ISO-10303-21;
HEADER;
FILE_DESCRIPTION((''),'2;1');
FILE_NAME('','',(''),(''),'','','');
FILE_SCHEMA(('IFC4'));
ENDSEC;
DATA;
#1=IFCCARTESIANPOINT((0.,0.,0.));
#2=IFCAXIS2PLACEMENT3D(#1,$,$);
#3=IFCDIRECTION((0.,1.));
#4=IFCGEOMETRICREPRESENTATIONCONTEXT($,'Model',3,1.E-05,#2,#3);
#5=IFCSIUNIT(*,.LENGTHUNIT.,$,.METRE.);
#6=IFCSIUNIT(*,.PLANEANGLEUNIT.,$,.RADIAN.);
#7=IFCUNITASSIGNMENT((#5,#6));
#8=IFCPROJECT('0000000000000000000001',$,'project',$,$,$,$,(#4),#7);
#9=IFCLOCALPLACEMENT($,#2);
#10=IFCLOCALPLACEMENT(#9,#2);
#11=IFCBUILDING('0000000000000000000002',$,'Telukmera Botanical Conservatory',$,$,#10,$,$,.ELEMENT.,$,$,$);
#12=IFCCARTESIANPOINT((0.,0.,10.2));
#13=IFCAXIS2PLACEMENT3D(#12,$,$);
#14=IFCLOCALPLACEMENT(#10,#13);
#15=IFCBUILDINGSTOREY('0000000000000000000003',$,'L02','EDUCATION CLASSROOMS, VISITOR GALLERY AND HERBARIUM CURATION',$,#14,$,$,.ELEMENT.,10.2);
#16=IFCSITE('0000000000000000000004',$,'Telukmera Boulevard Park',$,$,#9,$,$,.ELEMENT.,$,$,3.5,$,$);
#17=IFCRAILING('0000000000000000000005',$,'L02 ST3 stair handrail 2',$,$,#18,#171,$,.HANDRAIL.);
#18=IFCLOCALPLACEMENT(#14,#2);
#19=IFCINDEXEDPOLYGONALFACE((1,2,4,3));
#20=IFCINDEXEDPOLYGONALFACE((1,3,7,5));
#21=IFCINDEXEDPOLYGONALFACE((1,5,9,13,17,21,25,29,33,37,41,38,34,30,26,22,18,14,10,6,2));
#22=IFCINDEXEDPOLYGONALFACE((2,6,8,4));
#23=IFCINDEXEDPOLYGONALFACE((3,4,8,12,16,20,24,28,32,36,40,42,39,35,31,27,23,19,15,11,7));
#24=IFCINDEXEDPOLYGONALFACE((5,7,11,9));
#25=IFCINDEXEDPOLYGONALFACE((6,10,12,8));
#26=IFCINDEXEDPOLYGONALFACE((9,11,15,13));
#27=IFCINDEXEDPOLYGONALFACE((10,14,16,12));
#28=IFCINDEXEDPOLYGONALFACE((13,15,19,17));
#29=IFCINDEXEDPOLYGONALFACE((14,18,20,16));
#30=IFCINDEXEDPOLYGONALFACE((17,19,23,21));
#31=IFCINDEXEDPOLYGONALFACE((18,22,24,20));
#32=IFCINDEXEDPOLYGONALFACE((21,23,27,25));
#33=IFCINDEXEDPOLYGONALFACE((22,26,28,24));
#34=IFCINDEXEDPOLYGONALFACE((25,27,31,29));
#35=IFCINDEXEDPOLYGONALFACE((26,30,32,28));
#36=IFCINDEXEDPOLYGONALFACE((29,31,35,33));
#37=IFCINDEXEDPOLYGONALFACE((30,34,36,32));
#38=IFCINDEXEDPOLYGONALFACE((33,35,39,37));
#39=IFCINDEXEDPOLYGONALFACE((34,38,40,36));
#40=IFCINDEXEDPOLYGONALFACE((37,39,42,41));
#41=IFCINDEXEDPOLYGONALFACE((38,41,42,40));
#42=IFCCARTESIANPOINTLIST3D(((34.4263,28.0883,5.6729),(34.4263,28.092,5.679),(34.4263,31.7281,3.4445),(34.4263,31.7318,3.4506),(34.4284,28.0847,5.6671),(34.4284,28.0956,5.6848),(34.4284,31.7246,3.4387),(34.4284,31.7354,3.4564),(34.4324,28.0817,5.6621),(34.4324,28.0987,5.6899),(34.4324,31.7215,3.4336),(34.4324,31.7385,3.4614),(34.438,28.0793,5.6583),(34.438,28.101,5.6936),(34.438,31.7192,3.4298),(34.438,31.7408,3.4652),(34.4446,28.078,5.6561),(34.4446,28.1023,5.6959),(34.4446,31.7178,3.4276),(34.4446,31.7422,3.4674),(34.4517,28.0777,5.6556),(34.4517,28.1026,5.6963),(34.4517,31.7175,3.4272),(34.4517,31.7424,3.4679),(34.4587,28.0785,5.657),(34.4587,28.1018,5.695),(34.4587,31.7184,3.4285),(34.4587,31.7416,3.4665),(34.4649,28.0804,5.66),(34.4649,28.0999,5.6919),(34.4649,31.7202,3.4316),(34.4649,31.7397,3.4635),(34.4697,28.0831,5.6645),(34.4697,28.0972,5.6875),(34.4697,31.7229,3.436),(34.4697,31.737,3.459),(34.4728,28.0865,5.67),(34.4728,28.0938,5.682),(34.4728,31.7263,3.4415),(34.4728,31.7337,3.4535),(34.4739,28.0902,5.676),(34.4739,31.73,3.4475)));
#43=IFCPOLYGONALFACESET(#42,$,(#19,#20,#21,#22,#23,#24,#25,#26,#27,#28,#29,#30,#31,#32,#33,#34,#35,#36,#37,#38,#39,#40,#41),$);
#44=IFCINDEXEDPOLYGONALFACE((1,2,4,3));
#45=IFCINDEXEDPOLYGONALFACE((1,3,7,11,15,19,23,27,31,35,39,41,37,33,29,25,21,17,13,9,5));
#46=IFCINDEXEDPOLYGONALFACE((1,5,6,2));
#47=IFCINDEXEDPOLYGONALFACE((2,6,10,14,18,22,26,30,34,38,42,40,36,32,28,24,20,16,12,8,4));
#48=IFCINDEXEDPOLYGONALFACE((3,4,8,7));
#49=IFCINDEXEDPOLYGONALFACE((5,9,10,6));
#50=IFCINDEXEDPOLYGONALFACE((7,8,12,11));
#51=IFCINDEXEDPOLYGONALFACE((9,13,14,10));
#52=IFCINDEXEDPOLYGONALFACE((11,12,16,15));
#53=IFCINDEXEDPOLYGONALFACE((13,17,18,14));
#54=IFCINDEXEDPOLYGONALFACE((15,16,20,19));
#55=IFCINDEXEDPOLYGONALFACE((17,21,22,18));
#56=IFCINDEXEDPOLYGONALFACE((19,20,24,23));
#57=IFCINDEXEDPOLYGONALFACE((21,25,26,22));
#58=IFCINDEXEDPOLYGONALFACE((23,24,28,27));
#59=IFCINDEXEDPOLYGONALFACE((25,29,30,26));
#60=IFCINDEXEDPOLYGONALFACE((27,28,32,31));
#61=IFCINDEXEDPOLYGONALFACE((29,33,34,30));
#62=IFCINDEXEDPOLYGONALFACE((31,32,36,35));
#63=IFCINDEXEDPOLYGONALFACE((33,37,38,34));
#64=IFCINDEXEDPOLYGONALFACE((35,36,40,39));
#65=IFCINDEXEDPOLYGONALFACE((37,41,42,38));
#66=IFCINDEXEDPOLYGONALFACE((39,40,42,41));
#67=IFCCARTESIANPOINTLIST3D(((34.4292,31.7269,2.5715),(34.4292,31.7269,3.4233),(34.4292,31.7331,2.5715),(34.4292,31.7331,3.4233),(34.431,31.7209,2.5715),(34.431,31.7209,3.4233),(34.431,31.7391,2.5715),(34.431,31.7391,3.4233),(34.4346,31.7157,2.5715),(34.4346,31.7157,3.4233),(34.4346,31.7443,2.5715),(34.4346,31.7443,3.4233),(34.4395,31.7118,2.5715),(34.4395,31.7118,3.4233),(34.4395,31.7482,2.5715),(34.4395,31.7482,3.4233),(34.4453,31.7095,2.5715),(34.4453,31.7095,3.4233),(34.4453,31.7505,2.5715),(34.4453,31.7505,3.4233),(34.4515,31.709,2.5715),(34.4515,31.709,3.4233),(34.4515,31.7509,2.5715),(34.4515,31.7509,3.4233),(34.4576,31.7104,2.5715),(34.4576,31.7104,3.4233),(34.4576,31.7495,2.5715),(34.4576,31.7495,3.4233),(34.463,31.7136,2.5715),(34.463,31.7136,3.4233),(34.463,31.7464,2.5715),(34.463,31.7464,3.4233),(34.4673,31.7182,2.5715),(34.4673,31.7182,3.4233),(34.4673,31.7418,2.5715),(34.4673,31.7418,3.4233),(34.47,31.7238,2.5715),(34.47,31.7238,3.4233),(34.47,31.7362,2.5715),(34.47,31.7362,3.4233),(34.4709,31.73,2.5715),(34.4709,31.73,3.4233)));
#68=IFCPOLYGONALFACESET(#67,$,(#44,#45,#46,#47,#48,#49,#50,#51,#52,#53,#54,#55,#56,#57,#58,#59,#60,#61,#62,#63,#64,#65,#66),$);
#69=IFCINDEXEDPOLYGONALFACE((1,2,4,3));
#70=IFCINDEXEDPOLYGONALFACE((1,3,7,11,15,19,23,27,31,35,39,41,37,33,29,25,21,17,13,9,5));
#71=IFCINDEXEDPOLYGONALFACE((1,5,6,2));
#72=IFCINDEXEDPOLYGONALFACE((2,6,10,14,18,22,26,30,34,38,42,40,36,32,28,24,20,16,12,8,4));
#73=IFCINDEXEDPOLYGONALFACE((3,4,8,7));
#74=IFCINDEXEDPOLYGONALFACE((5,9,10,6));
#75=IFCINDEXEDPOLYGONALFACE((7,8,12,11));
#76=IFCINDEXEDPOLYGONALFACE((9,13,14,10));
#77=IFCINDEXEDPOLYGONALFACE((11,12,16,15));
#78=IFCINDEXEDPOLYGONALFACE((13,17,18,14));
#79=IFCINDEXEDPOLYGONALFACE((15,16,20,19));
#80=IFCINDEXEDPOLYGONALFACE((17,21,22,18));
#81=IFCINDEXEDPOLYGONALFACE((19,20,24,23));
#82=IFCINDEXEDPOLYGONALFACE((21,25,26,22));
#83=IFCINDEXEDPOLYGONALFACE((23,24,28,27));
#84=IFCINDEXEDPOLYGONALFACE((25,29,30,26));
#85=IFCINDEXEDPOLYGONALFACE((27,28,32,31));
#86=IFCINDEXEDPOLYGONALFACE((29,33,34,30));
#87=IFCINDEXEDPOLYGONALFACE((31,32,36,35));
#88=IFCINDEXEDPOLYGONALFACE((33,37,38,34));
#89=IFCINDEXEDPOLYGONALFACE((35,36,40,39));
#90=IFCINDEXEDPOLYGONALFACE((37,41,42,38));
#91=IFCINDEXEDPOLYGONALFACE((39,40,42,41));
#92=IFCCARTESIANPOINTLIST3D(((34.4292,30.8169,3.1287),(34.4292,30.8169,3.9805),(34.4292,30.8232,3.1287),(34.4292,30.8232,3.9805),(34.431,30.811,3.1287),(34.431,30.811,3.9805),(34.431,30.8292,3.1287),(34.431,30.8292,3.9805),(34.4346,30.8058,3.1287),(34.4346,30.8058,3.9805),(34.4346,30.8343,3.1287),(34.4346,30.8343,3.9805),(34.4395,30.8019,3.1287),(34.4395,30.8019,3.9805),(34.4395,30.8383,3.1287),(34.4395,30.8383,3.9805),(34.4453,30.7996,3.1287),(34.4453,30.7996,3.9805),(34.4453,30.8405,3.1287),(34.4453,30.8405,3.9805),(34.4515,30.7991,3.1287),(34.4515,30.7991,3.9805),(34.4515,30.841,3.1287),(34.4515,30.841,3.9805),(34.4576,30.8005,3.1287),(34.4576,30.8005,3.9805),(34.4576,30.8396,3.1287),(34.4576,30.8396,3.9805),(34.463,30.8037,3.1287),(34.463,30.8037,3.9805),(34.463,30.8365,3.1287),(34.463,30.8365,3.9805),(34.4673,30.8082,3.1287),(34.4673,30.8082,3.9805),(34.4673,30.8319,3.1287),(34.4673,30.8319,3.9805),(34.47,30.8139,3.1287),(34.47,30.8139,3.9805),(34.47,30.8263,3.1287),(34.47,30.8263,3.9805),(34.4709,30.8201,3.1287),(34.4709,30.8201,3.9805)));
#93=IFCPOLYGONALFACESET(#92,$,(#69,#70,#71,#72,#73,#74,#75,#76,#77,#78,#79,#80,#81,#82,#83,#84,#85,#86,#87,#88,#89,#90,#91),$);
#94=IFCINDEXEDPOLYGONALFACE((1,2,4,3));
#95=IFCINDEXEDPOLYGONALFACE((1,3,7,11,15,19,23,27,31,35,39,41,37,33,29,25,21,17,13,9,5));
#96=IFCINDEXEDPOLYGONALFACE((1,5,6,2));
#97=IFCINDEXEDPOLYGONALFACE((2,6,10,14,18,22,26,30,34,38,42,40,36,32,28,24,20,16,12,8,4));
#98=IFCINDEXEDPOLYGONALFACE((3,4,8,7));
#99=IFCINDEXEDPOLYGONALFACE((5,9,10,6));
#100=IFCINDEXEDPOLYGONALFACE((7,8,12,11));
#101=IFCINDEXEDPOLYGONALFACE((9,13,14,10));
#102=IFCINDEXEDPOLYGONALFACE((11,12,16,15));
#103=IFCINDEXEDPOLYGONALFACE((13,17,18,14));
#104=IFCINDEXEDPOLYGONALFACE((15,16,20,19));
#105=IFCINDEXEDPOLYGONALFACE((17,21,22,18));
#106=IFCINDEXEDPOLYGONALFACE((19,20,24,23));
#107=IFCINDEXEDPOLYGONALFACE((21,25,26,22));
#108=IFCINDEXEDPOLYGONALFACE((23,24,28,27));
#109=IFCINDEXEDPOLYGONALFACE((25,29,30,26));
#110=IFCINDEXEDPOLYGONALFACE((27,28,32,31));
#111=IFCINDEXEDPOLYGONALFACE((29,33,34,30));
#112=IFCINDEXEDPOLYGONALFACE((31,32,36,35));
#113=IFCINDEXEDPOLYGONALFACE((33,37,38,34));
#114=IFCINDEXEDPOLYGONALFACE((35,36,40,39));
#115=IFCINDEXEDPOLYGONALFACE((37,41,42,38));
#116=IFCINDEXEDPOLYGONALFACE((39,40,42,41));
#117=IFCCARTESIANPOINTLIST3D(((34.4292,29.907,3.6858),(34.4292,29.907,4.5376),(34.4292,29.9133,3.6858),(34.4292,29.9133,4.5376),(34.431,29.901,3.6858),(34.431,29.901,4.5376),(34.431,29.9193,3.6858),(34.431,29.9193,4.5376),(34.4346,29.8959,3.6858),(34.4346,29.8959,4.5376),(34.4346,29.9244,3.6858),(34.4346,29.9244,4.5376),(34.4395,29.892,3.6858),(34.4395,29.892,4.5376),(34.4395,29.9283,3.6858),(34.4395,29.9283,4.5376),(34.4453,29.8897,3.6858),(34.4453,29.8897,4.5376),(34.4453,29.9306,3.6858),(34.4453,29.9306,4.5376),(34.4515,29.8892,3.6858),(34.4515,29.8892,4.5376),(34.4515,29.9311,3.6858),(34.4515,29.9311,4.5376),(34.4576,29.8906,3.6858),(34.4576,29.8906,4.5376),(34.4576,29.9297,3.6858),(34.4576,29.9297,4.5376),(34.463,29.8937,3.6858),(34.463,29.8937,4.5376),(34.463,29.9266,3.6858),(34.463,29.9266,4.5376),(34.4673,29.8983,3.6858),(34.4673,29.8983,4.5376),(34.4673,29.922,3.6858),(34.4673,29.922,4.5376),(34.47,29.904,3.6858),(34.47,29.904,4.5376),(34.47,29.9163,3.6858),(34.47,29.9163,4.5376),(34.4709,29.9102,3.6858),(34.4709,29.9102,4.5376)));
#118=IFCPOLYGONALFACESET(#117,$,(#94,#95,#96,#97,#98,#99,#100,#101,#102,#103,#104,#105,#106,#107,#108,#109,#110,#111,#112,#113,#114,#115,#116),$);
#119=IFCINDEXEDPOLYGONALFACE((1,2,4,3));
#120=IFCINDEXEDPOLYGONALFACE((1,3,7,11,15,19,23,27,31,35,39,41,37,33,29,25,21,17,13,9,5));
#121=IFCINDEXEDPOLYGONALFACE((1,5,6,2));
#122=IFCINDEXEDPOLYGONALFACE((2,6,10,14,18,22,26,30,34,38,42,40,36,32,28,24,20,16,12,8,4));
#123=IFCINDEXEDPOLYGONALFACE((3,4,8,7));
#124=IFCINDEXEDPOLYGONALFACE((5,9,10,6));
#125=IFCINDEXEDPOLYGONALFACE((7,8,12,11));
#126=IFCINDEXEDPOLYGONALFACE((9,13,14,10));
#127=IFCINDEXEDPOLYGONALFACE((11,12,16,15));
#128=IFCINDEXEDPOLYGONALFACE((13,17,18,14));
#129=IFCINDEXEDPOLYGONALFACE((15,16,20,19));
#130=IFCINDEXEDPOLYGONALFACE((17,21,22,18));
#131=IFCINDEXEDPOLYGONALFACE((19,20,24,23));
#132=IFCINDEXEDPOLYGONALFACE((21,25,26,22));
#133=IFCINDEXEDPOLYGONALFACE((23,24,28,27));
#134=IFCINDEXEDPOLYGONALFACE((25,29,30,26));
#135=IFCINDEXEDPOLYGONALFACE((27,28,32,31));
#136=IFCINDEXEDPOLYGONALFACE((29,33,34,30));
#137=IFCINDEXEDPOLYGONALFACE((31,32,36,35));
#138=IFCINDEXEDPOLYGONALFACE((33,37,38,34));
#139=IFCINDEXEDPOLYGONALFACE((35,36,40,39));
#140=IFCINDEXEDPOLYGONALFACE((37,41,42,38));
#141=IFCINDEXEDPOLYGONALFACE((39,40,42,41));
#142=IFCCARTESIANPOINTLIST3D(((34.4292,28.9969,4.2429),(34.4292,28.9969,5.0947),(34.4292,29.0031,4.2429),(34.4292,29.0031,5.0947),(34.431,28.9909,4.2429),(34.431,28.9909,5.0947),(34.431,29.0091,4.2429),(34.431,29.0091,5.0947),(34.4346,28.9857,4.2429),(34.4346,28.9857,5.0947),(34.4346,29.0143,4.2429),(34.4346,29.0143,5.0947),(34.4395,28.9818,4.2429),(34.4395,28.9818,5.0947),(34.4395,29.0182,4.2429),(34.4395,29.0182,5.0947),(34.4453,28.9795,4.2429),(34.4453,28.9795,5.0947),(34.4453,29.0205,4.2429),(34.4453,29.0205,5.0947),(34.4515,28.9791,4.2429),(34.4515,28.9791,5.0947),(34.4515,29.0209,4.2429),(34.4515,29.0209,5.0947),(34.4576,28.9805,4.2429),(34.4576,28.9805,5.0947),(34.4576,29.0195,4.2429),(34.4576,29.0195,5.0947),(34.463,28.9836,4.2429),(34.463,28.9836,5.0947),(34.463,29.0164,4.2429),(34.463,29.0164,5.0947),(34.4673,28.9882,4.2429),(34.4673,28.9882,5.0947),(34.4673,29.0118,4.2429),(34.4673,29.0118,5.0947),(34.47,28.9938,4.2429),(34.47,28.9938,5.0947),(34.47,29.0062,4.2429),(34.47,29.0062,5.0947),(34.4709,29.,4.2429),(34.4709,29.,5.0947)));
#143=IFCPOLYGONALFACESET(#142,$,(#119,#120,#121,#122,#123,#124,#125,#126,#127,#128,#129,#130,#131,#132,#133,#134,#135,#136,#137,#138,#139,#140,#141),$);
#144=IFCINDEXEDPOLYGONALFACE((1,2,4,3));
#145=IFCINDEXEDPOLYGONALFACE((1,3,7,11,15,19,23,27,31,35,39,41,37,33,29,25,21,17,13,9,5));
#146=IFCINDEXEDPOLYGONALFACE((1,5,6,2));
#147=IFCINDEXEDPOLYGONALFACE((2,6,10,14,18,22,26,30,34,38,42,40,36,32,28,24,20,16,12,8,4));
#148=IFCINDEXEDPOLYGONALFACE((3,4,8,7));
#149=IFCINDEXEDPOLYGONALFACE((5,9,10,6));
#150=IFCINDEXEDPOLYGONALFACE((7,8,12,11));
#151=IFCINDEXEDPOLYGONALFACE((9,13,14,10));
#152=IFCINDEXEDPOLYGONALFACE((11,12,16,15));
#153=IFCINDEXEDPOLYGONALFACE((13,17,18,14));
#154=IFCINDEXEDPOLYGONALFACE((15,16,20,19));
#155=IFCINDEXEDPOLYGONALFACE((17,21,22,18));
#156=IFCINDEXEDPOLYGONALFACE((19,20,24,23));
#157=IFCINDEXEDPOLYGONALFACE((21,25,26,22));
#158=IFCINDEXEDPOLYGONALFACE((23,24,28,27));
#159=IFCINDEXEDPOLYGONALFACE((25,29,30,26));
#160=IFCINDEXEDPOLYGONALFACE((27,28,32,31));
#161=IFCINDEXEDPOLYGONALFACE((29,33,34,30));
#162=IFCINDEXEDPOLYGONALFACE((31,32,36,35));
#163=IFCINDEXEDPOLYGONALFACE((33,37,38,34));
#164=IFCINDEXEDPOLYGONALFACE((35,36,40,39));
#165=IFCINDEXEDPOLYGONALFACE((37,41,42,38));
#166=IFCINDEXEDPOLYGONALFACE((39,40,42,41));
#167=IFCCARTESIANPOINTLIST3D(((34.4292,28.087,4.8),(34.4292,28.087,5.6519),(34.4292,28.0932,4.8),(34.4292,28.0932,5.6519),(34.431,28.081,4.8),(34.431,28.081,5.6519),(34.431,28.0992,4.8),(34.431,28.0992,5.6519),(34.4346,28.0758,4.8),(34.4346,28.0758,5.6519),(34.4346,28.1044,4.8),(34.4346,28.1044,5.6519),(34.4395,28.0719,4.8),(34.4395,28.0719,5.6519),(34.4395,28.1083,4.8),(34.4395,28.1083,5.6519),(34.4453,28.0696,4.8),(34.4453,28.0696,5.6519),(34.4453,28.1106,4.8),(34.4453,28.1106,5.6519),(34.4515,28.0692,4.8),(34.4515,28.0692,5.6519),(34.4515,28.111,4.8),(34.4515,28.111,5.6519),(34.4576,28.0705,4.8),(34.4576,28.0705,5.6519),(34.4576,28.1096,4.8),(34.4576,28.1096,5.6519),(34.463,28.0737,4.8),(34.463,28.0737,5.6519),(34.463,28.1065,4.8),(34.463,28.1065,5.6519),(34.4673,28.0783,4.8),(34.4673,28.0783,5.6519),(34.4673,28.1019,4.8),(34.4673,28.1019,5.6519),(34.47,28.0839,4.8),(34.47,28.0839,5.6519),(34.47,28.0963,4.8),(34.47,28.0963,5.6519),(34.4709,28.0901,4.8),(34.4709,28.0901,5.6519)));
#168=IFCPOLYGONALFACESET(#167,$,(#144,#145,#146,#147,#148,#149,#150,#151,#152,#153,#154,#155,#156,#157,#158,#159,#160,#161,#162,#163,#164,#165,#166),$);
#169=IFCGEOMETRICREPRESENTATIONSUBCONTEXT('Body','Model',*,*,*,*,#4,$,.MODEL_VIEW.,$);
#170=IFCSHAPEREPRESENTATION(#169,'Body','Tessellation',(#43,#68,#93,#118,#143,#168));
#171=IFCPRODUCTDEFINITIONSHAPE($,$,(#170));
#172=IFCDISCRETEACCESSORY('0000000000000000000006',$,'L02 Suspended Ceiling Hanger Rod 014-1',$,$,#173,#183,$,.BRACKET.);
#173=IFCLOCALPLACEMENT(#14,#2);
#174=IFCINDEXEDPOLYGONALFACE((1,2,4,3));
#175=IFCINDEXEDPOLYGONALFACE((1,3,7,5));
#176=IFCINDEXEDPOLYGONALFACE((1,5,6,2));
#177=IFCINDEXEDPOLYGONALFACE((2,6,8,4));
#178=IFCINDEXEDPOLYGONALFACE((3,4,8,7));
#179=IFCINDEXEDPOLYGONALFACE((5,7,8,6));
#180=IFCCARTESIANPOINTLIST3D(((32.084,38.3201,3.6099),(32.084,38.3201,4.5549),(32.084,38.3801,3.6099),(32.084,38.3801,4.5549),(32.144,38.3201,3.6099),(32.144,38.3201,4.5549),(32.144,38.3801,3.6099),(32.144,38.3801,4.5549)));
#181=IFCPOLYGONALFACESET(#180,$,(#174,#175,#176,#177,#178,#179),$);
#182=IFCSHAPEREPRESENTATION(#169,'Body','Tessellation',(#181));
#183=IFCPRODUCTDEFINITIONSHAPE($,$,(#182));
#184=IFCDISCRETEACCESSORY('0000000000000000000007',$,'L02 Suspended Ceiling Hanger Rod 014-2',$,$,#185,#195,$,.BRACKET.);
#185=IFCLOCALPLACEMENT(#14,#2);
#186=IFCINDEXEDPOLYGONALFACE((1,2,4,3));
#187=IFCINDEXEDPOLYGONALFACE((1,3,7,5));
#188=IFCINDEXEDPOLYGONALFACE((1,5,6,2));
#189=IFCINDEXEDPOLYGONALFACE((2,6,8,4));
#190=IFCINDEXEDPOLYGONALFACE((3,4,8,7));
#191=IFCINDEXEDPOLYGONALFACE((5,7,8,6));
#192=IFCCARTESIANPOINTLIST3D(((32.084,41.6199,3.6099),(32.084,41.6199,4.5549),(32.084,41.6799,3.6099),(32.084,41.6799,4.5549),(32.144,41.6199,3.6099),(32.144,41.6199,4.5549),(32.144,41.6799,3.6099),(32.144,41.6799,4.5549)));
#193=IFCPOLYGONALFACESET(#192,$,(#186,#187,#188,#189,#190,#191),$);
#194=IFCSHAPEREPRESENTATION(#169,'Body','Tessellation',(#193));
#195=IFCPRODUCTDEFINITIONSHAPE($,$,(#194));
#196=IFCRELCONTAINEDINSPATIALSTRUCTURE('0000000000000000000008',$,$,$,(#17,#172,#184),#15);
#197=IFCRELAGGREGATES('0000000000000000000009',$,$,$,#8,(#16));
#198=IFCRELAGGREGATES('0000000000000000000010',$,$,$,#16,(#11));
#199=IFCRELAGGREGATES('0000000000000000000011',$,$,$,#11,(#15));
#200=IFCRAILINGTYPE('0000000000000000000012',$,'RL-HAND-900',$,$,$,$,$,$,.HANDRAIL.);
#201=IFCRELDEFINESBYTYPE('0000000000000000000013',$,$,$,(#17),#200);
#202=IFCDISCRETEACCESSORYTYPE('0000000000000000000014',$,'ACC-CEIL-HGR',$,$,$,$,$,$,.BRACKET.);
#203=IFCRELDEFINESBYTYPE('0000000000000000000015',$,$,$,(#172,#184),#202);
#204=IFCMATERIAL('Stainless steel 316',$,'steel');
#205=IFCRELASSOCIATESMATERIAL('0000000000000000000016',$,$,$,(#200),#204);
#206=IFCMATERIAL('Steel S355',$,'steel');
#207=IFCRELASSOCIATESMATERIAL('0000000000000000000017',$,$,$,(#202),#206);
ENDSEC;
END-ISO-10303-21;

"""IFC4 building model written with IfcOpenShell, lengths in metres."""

from ifc_helpers import new_model, si_unit, direction, frame, origin, origin_2d, place, context, subcontext, project, spatial, rectangle, circle, extrude, material, type_object, element, save


model = new_model("IFC4")

# Units and contexts
model_context = context("Model", 3, precision=1e-05, world=origin(), true_north=direction((0.0, 1.0)))
body_context = subcontext(model_context, "Body", "Model", "MODEL_VIEW")
ifc_project = project(units=[si_unit("LENGTHUNIT", "METRE"), si_unit("PLANEANGLEUNIT", "RADIAN")], contexts=[model_context])

# Site, building, storey
site_placement = place(None, origin())
site = spatial("IfcSite", under=ifc_project, at=site_placement, Name="Telukmera Boulevard Park", CompositionType="ELEMENT", RefElevation=3.5)
building_placement = place(site_placement, origin())
building = spatial("IfcBuilding", under=site, at=building_placement, Name="Telukmera Botanical Conservatory", CompositionType="ELEMENT")
storey_placement = place(building_placement, frame((0.0, 0.0, 10.2)))
storey = spatial("IfcBuildingStorey", under=building, at=storey_placement, Name="L02", Description="EDUCATION CLASSROOMS, VISITOR GALLERY AND HERBARIUM CURATION", CompositionType="ELEMENT", Elevation=10.2)

# Railing
ifc_material_1 = material(Name="Steel S355", Category="steel")
ifc_material_2 = material(Name="Stainless steel 316", Category="steel")
railing_type_1 = type_object("IfcRailingType", Name="RL-HAND-900", PredefinedType="HANDRAIL", material=ifc_material_2)
railing_1_placement = place(storey_placement, frame((34.45, 31.73, 2.5715)))
element("IfcRailing", 1, at=railing_1_placement, inside=storey, type_object=railing_type_1, Name="L02 ST3 stair handrail 2", PredefinedType="HANDRAIL", context=body_context, shape_type="SweptSolid", body=[
    extrude(circle(Radius=0.0239, at=origin_2d()), frame((0.0, 0.0, 0.876), z_axis=(0.0, -0.85285, 0.522156), x_axis=(1.0, 0.0, 0.0)), (0.0, 0.0, 1.0), 4.2678),
    extrude(circle(Radius=0.021, at=origin_2d()), origin(), (0.0, 0.0, 1.0), 0.8518),
    extrude(circle(Radius=0.021, at=origin_2d()), frame((0.0, -0.9099, 0.5571)), (0.0, 0.0, 1.0), 0.8518),
    extrude(circle(Radius=0.021, at=origin_2d()), frame((0.0, -1.8198, 1.1143)), (0.0, 0.0, 1.0), 0.8518),
    extrude(circle(Radius=0.021, at=origin_2d()), frame((0.0, -2.73, 1.6714)), (0.0, 0.0, 1.0), 0.8518),
    extrude(circle(Radius=0.021, at=origin_2d()), frame((0.0, -3.6399, 2.2285)), (0.0, 0.0, 1.0), 0.8518),
])

# Discrete accessories
discrete_accessory_type = type_object("IfcDiscreteAccessoryType", Name="ACC-CEIL-HGR", PredefinedType="BRACKET", material=ifc_material_1)
for number, where, z_axis, x_axis, name in (
    (2, (32.114, 38.3501, 3.6099), (0.0, 0.0, 1.0), (1.0, 0.0, 0.0), "L02 Suspended Ceiling Hanger Rod 014-1"),
    (3, (32.114, 41.6499, 3.6099), (0.0, 0.0, 1.0), (1.0, 0.0, 0.0), "L02 Suspended Ceiling Hanger Rod 014-2"),
):
    element("IfcDiscreteAccessory", number, at=place(storey_placement, frame(where, z_axis=z_axis, x_axis=x_axis)), inside=storey, type_object=discrete_accessory_type, Name=name, PredefinedType="BRACKET", context=body_context, shape_type="SweptSolid", body=[
        extrude(rectangle(XDim=0.0601, YDim=0.0601, at=origin_2d()), origin(), (0.0, 0.0, 1.0), 0.9451),
    ])

save(model, "model.ifc")
